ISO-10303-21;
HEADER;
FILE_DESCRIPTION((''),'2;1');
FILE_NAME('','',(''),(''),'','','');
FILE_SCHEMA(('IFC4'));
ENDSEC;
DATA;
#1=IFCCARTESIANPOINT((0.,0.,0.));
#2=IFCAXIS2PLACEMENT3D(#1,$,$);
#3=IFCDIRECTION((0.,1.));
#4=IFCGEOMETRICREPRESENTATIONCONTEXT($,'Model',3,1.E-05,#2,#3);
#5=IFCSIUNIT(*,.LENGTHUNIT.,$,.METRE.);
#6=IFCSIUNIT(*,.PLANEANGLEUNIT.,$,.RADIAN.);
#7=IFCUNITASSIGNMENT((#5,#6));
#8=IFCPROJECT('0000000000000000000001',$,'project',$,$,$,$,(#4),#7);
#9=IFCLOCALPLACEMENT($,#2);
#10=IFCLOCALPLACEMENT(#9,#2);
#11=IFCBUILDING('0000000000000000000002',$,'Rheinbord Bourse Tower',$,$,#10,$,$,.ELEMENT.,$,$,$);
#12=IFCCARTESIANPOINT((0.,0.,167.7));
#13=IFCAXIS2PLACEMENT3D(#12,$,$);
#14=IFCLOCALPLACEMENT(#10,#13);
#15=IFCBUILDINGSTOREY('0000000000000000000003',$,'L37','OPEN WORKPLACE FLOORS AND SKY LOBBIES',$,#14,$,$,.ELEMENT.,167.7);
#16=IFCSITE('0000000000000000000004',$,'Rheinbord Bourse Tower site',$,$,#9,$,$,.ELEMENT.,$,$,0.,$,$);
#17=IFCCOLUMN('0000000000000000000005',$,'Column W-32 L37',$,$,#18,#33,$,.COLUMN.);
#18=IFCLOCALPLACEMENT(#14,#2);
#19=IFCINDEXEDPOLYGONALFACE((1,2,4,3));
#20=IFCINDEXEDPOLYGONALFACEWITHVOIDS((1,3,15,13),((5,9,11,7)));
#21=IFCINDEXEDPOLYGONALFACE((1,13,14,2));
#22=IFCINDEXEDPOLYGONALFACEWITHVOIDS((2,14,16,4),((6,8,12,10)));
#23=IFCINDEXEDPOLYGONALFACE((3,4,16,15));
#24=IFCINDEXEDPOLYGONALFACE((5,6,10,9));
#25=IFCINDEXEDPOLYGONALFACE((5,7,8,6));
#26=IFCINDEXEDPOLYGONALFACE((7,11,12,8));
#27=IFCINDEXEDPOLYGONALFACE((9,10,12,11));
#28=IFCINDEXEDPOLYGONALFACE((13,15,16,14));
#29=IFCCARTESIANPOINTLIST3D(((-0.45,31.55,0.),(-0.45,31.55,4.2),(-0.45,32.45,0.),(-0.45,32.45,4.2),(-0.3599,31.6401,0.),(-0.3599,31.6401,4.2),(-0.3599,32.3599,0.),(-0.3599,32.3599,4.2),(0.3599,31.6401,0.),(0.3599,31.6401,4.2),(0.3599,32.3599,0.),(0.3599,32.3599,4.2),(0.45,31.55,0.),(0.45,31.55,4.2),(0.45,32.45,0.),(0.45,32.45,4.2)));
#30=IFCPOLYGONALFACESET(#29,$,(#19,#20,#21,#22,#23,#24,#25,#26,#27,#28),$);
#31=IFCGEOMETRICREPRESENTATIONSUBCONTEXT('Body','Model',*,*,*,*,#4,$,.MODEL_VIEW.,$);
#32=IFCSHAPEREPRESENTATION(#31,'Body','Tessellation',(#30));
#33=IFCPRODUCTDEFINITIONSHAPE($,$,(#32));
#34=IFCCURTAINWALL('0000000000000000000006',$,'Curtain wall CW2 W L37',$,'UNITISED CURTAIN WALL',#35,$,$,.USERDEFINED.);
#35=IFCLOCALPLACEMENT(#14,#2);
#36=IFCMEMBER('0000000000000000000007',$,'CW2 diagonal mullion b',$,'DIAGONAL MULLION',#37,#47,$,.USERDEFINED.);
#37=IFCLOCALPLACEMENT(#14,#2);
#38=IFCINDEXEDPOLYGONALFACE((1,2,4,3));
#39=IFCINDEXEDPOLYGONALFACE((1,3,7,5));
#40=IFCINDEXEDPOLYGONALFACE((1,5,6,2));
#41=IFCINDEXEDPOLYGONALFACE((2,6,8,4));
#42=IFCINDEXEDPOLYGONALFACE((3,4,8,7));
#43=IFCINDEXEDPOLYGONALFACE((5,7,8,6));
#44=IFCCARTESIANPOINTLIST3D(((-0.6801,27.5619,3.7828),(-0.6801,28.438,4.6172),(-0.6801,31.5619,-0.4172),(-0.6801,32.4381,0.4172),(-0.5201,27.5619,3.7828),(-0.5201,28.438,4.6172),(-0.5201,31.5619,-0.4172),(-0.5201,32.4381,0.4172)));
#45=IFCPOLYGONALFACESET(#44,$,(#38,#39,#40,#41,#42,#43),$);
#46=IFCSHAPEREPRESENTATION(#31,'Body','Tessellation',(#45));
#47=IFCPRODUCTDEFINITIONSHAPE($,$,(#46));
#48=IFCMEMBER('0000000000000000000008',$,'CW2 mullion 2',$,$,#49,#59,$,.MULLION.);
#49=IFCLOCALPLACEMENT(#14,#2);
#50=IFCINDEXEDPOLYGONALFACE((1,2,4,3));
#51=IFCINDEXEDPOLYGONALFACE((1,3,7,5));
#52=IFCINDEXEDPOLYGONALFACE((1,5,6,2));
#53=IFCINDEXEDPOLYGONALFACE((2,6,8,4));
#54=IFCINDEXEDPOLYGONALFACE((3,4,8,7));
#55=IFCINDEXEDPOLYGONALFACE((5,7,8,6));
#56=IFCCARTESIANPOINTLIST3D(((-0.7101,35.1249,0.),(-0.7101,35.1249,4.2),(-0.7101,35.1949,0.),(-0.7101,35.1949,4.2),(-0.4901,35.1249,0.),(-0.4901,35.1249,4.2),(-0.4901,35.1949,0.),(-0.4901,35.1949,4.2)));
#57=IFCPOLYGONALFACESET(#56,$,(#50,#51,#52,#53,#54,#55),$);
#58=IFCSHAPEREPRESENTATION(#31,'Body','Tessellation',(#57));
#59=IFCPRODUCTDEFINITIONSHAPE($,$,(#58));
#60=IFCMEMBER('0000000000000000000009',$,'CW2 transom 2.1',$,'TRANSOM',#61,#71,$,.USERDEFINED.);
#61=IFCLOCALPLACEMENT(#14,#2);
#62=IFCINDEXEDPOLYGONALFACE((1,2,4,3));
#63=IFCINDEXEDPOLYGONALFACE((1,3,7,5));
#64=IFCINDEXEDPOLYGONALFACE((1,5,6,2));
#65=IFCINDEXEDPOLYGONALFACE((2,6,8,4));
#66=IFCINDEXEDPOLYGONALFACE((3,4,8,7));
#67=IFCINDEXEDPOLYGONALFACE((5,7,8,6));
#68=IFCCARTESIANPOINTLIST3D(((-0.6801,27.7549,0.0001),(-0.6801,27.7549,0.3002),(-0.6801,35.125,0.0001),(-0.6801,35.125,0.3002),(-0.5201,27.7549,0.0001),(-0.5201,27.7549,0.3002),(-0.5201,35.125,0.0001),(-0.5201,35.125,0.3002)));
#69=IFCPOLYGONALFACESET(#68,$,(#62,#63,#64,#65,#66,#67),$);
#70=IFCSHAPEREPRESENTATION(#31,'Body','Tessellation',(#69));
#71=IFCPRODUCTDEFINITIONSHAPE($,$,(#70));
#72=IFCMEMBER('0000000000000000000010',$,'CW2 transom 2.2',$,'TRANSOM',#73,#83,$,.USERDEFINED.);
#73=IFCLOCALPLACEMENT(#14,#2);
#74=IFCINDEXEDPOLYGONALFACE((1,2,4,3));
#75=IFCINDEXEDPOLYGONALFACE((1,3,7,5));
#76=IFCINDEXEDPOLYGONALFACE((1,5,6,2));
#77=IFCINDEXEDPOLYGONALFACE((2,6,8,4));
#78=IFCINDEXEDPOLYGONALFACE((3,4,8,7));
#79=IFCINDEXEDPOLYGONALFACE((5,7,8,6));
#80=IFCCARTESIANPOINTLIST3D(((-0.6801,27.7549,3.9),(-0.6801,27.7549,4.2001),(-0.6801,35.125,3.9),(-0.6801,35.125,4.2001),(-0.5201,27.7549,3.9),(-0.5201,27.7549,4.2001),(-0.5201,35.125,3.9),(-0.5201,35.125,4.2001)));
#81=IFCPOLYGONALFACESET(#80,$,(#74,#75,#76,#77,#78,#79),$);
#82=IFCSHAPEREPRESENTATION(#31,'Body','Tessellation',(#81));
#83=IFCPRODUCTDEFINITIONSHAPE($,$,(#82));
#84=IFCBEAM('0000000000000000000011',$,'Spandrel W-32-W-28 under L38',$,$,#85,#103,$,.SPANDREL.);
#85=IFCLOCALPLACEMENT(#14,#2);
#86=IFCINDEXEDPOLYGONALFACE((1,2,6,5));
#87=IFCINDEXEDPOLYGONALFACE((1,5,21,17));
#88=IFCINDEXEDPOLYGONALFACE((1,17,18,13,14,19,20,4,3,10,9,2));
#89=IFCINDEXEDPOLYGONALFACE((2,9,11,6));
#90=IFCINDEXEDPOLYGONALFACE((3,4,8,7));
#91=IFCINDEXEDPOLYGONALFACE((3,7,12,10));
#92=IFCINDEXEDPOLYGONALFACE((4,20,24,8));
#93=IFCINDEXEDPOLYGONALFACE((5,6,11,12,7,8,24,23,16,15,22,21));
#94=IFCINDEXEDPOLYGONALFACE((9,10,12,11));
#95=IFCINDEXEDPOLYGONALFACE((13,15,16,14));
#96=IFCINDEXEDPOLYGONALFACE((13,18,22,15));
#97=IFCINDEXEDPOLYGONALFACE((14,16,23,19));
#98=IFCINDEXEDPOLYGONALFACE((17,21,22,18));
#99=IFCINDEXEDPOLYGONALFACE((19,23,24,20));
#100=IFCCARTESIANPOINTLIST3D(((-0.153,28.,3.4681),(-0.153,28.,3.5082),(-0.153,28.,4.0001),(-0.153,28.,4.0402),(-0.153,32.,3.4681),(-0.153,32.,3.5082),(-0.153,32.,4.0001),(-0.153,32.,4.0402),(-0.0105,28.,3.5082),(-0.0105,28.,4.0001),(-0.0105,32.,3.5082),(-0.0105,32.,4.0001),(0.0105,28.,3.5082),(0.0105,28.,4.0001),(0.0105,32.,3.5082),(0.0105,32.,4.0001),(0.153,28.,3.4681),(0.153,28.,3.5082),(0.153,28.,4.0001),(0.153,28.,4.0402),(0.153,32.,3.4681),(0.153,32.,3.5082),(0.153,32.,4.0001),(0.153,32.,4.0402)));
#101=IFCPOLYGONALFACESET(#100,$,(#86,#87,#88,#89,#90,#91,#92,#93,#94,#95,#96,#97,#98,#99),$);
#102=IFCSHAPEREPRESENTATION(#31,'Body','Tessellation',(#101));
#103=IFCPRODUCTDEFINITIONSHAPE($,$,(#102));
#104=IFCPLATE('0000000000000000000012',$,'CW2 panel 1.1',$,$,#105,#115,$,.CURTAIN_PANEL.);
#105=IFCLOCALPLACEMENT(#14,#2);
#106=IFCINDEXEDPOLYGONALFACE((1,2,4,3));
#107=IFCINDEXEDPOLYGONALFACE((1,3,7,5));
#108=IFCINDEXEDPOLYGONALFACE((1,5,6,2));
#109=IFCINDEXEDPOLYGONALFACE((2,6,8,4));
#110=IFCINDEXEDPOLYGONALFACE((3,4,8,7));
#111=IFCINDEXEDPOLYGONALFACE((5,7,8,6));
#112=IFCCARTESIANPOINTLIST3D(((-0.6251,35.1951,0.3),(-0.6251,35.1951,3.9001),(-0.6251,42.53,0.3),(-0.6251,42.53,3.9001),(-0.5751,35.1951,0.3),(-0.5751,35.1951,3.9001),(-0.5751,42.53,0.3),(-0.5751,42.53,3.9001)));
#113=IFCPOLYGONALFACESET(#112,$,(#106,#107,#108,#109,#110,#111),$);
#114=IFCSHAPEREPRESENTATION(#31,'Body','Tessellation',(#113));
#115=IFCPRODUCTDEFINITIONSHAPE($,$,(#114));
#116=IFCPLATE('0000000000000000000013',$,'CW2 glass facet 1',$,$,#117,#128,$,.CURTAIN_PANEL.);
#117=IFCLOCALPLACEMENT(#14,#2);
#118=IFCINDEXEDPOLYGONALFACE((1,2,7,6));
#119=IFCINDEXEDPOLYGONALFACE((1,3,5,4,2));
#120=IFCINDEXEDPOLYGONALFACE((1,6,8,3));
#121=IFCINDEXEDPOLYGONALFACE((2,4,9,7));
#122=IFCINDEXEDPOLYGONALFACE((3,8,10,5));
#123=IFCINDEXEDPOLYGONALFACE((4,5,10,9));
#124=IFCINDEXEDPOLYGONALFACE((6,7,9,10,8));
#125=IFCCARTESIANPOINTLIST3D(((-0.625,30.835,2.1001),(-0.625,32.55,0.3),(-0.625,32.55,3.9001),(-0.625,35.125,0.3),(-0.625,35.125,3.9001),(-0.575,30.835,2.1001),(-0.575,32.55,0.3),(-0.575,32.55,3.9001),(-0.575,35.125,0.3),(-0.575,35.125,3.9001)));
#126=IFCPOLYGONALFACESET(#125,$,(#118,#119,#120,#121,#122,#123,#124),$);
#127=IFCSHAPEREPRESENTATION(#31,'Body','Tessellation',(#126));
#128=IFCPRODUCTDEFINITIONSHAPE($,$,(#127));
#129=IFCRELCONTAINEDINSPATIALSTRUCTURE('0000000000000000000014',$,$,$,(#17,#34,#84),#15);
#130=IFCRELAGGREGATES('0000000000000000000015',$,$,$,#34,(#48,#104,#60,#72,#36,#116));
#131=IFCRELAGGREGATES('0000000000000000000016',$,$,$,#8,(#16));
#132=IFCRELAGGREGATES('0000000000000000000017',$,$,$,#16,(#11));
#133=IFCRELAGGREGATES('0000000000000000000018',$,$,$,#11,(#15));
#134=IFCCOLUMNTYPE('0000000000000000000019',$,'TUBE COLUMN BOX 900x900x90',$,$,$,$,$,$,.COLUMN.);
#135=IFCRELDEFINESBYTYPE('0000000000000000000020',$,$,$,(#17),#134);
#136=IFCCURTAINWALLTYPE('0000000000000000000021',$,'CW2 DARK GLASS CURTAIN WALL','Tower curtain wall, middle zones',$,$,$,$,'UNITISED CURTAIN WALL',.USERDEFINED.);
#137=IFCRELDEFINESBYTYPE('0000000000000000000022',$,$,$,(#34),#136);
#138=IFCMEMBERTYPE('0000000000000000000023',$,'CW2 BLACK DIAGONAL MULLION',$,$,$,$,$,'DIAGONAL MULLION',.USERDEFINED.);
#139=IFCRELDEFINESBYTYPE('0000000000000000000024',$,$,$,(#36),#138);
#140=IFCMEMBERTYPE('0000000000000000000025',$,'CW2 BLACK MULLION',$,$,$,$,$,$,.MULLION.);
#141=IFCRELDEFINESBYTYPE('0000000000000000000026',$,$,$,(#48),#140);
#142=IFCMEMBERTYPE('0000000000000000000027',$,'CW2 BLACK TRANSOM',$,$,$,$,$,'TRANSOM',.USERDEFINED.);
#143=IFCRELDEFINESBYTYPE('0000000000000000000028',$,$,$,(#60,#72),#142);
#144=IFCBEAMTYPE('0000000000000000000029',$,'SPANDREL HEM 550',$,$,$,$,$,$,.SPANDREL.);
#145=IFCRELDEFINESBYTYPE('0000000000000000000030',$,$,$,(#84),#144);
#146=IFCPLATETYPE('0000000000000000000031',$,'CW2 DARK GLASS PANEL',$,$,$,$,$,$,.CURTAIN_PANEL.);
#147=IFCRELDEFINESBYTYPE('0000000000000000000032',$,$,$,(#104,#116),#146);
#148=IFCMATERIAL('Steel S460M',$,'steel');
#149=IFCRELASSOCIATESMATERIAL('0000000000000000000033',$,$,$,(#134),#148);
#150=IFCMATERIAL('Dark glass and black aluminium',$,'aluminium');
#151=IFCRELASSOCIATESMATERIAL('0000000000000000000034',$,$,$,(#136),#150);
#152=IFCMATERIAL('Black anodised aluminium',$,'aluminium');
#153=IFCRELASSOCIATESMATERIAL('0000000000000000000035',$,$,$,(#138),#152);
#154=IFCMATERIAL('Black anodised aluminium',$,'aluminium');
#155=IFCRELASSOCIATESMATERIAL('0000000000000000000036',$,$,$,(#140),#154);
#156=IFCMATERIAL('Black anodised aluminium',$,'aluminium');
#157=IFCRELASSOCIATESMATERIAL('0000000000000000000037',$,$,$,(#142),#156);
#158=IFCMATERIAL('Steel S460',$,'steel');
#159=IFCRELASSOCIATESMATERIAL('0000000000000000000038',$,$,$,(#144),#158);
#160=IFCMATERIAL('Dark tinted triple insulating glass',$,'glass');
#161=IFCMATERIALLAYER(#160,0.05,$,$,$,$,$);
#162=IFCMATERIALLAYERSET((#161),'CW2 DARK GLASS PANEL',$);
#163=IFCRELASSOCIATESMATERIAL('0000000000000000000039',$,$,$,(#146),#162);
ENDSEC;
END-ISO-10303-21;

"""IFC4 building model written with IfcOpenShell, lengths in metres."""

from ifc_helpers import new_model, si_unit, direction, frame, origin, origin_2d, place, context, subcontext, project, spatial, polyline, rectangle, hollow_rectangle, i_section, outline, extrude, material, layer, layer_set, material_profile, profile_set, type_object, element, aggregate, save


model = new_model("IFC4")

# Units and contexts
model_context = context("Model", 3, precision=1e-05, world=origin(), true_north=direction((0.0, 1.0)))
body_context = subcontext(model_context, "Body", "Model", "MODEL_VIEW")
ifc_project = project(units=[si_unit("LENGTHUNIT", "METRE"), si_unit("PLANEANGLEUNIT", "RADIAN")], contexts=[model_context])

# Site, building, storey
site_placement = place(None, origin())
site = spatial("IfcSite", under=ifc_project, at=site_placement, Name="Rheinbord Bourse Tower site", CompositionType="ELEMENT", RefElevation=0.0)
building_placement = place(site_placement, origin())
building = spatial("IfcBuilding", under=site, at=building_placement, Name="Rheinbord Bourse Tower", CompositionType="ELEMENT")
storey_placement = place(building_placement, frame((0.0, 0.0, 167.7)))
storey = spatial("IfcBuildingStorey", under=building, at=storey_placement, Name="L37", Description="OPEN WORKPLACE FLOORS AND SKY LOBBIES", CompositionType="ELEMENT", Elevation=167.7)

# Column
ifc_material_1 = material(Name="Steel S460M", Category="steel")
ifc_material_profile_1 = material_profile(ifc_material_1, hollow_rectangle(XDim=0.8999, YDim=0.8999, WallThickness=0.0901, at=origin_2d()), Name="BOX 900x900x90")
ifc_profile_set_1 = profile_set([ifc_material_profile_1], Name="Steel S460M")
column_type = type_object("IfcColumnType", Name="TUBE COLUMN BOX 900x900x90", PredefinedType="COLUMN", material=ifc_profile_set_1)
column_placement = place(storey_placement, frame((0.0, 32.0, 0.0), z_axis=(0.0, 0.0, 1.0), x_axis=(1.0, 0.0, 0.0)))
element("IfcColumn", 1, at=column_placement, inside=storey, type_object=column_type, Name="Column W-32 L37", PredefinedType="COLUMN", context=body_context, shape_type="SweptSolid", body=[
    extrude(hollow_rectangle(XDim=0.8999, YDim=0.8999, WallThickness=0.0901, at=origin_2d()), origin(), (0.0, 0.0, 1.0), 4.2),
])

# Curtain wall, members
ifc_material_2 = material(Name="Dark glass and black aluminium", Category="aluminium")
curtain_wall_type = type_object("IfcCurtainWallType", Name="CW2 DARK GLASS CURTAIN WALL", Description="Tower curtain wall, middle zones", ElementType="UNITISED CURTAIN WALL", PredefinedType="USERDEFINED", material=ifc_material_2)
curtain_wall_placement = place(storey_placement, origin())
curtain_wall = element("IfcCurtainWall", 2, at=curtain_wall_placement, inside=storey, type_object=curtain_wall_type, Name="Curtain wall CW2 W L37", ObjectType="UNITISED CURTAIN WALL", PredefinedType="USERDEFINED")
ifc_material_3 = material(Name="Black anodised aluminium", Category="aluminium")
ifc_material_profile_2 = material_profile(ifc_material_3, rectangle(XDim=0.1599, YDim=1.21, at=origin_2d()), Name="CW2 DIAGONAL MULLION 1210x160")
ifc_profile_set_2 = profile_set([ifc_material_profile_2], Name="Black anodised aluminium")
member_type_1 = type_object("IfcMemberType", Name="CW2 BLACK DIAGONAL MULLION", ElementType="DIAGONAL MULLION", PredefinedType="USERDEFINED", material=ifc_profile_set_2)
member_1_placement = place(storey_placement, frame((-0.6001, 32.0, 0.0), z_axis=(0.0, -0.689659, 0.724134), x_axis=(1.0, 0.0, 0.0)))
member_1 = element("IfcMember", 3, at=member_1_placement, type_object=member_type_1, Name="CW2 diagonal mullion b", ObjectType="DIAGONAL MULLION", PredefinedType="USERDEFINED", context=body_context, shape_type="SweptSolid", body=[
    extrude(rectangle(XDim=0.1599, YDim=1.21, at=origin_2d()), origin(), (0.0, 0.0, 1.0), 5.8),
])
ifc_material_4 = material(Name="Black anodised aluminium", Category="aluminium")
ifc_material_profile_3 = material_profile(ifc_material_4, rectangle(XDim=0.22, YDim=0.0701, at=origin_2d()), Name="CW2 MULLION 70x220")
ifc_profile_set_3 = profile_set([ifc_material_profile_3], Name="Black anodised aluminium")
member_type_2 = type_object("IfcMemberType", Name="CW2 BLACK MULLION", PredefinedType="MULLION", material=ifc_profile_set_3)
member_2_placement = place(storey_placement, frame((-0.6001, 35.1599, 0.0), z_axis=(0.0, 0.0, 1.0), x_axis=(1.0, 0.0, 0.0)))
member_2 = element("IfcMember", 4, at=member_2_placement, type_object=member_type_2, Name="CW2 mullion 2", PredefinedType="MULLION", context=body_context, shape_type="SweptSolid", body=[
    extrude(rectangle(XDim=0.22, YDim=0.0701, at=origin_2d()), origin(), (0.0, 0.0, 1.0), 4.2),
])
ifc_material_5 = material(Name="Black anodised aluminium", Category="aluminium")
ifc_material_profile_4 = material_profile(ifc_material_5, rectangle(XDim=0.1599, YDim=0.3, at=origin_2d()), Name="CW2 TRANSOM 300x160")
ifc_profile_set_4 = profile_set([ifc_material_profile_4], Name="Black anodised aluminium")
member_type_3 = type_object("IfcMemberType", Name="CW2 BLACK TRANSOM", ElementType="TRANSOM", PredefinedType="USERDEFINED", material=ifc_profile_set_4)
member_3_placement = place(storey_placement, frame((-0.6001, 35.125, 0.1501), z_axis=(0.0, -1.0, 0.0), x_axis=(1.0, 0.0, 0.0)))
member_3 = element("IfcMember", 5, at=member_3_placement, type_object=member_type_3, Name="CW2 transom 2.1", ObjectType="TRANSOM", PredefinedType="USERDEFINED", context=body_context, shape_type="SweptSolid", body=[
    extrude(rectangle(XDim=0.1599, YDim=0.3, at=origin_2d()), origin(), (0.0, 0.0, 1.0), 7.3701),
])
member_4_placement = place(storey_placement, frame((-0.6001, 35.125, 4.05), z_axis=(0.0, -1.0, 0.0), x_axis=(1.0, 0.0, 0.0)))
member_4 = element("IfcMember", 6, at=member_4_placement, type_object=member_type_3, Name="CW2 transom 2.2", ObjectType="TRANSOM", PredefinedType="USERDEFINED", context=body_context, shape_type="SweptSolid", body=[
    extrude(rectangle(XDim=0.1599, YDim=0.3, at=origin_2d()), origin(), (0.0, 0.0, 1.0), 7.3701),
])

# Beam
ifc_material_6 = material(Name="Steel S460", Category="steel")
ifc_material_profile_5 = material_profile(ifc_material_6, i_section(OverallWidth=0.3059, OverallDepth=0.572, WebThickness=0.021, FlangeThickness=0.04, at=origin_2d()), Name="HEM 550")
ifc_profile_set_5 = profile_set([ifc_material_profile_5], Name="Steel S460")
beam_type = type_object("IfcBeamType", Name="SPANDREL HEM 550", PredefinedType="SPANDREL", material=ifc_profile_set_5)
beam_placement = place(storey_placement, frame((0.0, 32.0, 3.7542), z_axis=(0.0, -1.0, 0.0), x_axis=(1.0, 0.0, 0.0)))
element("IfcBeam", 7, at=beam_placement, inside=storey, type_object=beam_type, Name="Spandrel W-32-W-28 under L38", PredefinedType="SPANDREL", context=body_context, shape_type="SweptSolid", body=[
    extrude(i_section(OverallWidth=0.3059, OverallDepth=0.572, WebThickness=0.021, FlangeThickness=0.04, at=origin_2d()), origin(), (0.0, 0.0, 1.0), 4.0),
])

# Plates
ifc_material_7 = material(Name="Dark tinted triple insulating glass", Category="glass")
ifc_layer = layer(ifc_material_7, 0.05)
ifc_layer_set = layer_set([ifc_layer], Name="CW2 DARK GLASS PANEL")
plate_type = type_object("IfcPlateType", Name="CW2 DARK GLASS PANEL", PredefinedType="CURTAIN_PANEL", material=ifc_layer_set)
plate_1_placement = place(storey_placement, frame((-0.6001, 38.8625, 0.3), z_axis=(0.0, 0.0, 1.0), x_axis=(0.0, -1.0, 0.0)))
plate_1 = element("IfcPlate", 8, at=plate_1_placement, type_object=plate_type, Name="CW2 panel 1.1", PredefinedType="CURTAIN_PANEL", context=body_context, shape_type="SweptSolid", body=[
    extrude(rectangle(XDim=7.335, YDim=0.05, at=origin_2d()), origin(), (0.0, 0.0, 1.0), 3.6001),
])
plate_2_placement = place(storey_placement, frame((-0.625, 35.125, 0.3), z_axis=(1.0, 0.0, 0.0), x_axis=(0.0, 0.0, 1.0)))
plate_2 = element("IfcPlate", 9, at=plate_2_placement, type_object=plate_type, Name="CW2 glass facet 1", PredefinedType="CURTAIN_PANEL", context=body_context, shape_type="SweptSolid", body=[
    extrude(outline(polyline([(0.0, 0.0), (3.6001, 0.0), (3.6001, 2.575), (1.8, 4.29), (0.0, 2.575), (0.0, 0.0)])), origin(), (0.0, 0.0, 1.0), 0.05),
])
aggregate(curtain_wall, [member_2, plate_1, member_3, member_4, member_1, plate_2])

save(model, "model.ifc")
